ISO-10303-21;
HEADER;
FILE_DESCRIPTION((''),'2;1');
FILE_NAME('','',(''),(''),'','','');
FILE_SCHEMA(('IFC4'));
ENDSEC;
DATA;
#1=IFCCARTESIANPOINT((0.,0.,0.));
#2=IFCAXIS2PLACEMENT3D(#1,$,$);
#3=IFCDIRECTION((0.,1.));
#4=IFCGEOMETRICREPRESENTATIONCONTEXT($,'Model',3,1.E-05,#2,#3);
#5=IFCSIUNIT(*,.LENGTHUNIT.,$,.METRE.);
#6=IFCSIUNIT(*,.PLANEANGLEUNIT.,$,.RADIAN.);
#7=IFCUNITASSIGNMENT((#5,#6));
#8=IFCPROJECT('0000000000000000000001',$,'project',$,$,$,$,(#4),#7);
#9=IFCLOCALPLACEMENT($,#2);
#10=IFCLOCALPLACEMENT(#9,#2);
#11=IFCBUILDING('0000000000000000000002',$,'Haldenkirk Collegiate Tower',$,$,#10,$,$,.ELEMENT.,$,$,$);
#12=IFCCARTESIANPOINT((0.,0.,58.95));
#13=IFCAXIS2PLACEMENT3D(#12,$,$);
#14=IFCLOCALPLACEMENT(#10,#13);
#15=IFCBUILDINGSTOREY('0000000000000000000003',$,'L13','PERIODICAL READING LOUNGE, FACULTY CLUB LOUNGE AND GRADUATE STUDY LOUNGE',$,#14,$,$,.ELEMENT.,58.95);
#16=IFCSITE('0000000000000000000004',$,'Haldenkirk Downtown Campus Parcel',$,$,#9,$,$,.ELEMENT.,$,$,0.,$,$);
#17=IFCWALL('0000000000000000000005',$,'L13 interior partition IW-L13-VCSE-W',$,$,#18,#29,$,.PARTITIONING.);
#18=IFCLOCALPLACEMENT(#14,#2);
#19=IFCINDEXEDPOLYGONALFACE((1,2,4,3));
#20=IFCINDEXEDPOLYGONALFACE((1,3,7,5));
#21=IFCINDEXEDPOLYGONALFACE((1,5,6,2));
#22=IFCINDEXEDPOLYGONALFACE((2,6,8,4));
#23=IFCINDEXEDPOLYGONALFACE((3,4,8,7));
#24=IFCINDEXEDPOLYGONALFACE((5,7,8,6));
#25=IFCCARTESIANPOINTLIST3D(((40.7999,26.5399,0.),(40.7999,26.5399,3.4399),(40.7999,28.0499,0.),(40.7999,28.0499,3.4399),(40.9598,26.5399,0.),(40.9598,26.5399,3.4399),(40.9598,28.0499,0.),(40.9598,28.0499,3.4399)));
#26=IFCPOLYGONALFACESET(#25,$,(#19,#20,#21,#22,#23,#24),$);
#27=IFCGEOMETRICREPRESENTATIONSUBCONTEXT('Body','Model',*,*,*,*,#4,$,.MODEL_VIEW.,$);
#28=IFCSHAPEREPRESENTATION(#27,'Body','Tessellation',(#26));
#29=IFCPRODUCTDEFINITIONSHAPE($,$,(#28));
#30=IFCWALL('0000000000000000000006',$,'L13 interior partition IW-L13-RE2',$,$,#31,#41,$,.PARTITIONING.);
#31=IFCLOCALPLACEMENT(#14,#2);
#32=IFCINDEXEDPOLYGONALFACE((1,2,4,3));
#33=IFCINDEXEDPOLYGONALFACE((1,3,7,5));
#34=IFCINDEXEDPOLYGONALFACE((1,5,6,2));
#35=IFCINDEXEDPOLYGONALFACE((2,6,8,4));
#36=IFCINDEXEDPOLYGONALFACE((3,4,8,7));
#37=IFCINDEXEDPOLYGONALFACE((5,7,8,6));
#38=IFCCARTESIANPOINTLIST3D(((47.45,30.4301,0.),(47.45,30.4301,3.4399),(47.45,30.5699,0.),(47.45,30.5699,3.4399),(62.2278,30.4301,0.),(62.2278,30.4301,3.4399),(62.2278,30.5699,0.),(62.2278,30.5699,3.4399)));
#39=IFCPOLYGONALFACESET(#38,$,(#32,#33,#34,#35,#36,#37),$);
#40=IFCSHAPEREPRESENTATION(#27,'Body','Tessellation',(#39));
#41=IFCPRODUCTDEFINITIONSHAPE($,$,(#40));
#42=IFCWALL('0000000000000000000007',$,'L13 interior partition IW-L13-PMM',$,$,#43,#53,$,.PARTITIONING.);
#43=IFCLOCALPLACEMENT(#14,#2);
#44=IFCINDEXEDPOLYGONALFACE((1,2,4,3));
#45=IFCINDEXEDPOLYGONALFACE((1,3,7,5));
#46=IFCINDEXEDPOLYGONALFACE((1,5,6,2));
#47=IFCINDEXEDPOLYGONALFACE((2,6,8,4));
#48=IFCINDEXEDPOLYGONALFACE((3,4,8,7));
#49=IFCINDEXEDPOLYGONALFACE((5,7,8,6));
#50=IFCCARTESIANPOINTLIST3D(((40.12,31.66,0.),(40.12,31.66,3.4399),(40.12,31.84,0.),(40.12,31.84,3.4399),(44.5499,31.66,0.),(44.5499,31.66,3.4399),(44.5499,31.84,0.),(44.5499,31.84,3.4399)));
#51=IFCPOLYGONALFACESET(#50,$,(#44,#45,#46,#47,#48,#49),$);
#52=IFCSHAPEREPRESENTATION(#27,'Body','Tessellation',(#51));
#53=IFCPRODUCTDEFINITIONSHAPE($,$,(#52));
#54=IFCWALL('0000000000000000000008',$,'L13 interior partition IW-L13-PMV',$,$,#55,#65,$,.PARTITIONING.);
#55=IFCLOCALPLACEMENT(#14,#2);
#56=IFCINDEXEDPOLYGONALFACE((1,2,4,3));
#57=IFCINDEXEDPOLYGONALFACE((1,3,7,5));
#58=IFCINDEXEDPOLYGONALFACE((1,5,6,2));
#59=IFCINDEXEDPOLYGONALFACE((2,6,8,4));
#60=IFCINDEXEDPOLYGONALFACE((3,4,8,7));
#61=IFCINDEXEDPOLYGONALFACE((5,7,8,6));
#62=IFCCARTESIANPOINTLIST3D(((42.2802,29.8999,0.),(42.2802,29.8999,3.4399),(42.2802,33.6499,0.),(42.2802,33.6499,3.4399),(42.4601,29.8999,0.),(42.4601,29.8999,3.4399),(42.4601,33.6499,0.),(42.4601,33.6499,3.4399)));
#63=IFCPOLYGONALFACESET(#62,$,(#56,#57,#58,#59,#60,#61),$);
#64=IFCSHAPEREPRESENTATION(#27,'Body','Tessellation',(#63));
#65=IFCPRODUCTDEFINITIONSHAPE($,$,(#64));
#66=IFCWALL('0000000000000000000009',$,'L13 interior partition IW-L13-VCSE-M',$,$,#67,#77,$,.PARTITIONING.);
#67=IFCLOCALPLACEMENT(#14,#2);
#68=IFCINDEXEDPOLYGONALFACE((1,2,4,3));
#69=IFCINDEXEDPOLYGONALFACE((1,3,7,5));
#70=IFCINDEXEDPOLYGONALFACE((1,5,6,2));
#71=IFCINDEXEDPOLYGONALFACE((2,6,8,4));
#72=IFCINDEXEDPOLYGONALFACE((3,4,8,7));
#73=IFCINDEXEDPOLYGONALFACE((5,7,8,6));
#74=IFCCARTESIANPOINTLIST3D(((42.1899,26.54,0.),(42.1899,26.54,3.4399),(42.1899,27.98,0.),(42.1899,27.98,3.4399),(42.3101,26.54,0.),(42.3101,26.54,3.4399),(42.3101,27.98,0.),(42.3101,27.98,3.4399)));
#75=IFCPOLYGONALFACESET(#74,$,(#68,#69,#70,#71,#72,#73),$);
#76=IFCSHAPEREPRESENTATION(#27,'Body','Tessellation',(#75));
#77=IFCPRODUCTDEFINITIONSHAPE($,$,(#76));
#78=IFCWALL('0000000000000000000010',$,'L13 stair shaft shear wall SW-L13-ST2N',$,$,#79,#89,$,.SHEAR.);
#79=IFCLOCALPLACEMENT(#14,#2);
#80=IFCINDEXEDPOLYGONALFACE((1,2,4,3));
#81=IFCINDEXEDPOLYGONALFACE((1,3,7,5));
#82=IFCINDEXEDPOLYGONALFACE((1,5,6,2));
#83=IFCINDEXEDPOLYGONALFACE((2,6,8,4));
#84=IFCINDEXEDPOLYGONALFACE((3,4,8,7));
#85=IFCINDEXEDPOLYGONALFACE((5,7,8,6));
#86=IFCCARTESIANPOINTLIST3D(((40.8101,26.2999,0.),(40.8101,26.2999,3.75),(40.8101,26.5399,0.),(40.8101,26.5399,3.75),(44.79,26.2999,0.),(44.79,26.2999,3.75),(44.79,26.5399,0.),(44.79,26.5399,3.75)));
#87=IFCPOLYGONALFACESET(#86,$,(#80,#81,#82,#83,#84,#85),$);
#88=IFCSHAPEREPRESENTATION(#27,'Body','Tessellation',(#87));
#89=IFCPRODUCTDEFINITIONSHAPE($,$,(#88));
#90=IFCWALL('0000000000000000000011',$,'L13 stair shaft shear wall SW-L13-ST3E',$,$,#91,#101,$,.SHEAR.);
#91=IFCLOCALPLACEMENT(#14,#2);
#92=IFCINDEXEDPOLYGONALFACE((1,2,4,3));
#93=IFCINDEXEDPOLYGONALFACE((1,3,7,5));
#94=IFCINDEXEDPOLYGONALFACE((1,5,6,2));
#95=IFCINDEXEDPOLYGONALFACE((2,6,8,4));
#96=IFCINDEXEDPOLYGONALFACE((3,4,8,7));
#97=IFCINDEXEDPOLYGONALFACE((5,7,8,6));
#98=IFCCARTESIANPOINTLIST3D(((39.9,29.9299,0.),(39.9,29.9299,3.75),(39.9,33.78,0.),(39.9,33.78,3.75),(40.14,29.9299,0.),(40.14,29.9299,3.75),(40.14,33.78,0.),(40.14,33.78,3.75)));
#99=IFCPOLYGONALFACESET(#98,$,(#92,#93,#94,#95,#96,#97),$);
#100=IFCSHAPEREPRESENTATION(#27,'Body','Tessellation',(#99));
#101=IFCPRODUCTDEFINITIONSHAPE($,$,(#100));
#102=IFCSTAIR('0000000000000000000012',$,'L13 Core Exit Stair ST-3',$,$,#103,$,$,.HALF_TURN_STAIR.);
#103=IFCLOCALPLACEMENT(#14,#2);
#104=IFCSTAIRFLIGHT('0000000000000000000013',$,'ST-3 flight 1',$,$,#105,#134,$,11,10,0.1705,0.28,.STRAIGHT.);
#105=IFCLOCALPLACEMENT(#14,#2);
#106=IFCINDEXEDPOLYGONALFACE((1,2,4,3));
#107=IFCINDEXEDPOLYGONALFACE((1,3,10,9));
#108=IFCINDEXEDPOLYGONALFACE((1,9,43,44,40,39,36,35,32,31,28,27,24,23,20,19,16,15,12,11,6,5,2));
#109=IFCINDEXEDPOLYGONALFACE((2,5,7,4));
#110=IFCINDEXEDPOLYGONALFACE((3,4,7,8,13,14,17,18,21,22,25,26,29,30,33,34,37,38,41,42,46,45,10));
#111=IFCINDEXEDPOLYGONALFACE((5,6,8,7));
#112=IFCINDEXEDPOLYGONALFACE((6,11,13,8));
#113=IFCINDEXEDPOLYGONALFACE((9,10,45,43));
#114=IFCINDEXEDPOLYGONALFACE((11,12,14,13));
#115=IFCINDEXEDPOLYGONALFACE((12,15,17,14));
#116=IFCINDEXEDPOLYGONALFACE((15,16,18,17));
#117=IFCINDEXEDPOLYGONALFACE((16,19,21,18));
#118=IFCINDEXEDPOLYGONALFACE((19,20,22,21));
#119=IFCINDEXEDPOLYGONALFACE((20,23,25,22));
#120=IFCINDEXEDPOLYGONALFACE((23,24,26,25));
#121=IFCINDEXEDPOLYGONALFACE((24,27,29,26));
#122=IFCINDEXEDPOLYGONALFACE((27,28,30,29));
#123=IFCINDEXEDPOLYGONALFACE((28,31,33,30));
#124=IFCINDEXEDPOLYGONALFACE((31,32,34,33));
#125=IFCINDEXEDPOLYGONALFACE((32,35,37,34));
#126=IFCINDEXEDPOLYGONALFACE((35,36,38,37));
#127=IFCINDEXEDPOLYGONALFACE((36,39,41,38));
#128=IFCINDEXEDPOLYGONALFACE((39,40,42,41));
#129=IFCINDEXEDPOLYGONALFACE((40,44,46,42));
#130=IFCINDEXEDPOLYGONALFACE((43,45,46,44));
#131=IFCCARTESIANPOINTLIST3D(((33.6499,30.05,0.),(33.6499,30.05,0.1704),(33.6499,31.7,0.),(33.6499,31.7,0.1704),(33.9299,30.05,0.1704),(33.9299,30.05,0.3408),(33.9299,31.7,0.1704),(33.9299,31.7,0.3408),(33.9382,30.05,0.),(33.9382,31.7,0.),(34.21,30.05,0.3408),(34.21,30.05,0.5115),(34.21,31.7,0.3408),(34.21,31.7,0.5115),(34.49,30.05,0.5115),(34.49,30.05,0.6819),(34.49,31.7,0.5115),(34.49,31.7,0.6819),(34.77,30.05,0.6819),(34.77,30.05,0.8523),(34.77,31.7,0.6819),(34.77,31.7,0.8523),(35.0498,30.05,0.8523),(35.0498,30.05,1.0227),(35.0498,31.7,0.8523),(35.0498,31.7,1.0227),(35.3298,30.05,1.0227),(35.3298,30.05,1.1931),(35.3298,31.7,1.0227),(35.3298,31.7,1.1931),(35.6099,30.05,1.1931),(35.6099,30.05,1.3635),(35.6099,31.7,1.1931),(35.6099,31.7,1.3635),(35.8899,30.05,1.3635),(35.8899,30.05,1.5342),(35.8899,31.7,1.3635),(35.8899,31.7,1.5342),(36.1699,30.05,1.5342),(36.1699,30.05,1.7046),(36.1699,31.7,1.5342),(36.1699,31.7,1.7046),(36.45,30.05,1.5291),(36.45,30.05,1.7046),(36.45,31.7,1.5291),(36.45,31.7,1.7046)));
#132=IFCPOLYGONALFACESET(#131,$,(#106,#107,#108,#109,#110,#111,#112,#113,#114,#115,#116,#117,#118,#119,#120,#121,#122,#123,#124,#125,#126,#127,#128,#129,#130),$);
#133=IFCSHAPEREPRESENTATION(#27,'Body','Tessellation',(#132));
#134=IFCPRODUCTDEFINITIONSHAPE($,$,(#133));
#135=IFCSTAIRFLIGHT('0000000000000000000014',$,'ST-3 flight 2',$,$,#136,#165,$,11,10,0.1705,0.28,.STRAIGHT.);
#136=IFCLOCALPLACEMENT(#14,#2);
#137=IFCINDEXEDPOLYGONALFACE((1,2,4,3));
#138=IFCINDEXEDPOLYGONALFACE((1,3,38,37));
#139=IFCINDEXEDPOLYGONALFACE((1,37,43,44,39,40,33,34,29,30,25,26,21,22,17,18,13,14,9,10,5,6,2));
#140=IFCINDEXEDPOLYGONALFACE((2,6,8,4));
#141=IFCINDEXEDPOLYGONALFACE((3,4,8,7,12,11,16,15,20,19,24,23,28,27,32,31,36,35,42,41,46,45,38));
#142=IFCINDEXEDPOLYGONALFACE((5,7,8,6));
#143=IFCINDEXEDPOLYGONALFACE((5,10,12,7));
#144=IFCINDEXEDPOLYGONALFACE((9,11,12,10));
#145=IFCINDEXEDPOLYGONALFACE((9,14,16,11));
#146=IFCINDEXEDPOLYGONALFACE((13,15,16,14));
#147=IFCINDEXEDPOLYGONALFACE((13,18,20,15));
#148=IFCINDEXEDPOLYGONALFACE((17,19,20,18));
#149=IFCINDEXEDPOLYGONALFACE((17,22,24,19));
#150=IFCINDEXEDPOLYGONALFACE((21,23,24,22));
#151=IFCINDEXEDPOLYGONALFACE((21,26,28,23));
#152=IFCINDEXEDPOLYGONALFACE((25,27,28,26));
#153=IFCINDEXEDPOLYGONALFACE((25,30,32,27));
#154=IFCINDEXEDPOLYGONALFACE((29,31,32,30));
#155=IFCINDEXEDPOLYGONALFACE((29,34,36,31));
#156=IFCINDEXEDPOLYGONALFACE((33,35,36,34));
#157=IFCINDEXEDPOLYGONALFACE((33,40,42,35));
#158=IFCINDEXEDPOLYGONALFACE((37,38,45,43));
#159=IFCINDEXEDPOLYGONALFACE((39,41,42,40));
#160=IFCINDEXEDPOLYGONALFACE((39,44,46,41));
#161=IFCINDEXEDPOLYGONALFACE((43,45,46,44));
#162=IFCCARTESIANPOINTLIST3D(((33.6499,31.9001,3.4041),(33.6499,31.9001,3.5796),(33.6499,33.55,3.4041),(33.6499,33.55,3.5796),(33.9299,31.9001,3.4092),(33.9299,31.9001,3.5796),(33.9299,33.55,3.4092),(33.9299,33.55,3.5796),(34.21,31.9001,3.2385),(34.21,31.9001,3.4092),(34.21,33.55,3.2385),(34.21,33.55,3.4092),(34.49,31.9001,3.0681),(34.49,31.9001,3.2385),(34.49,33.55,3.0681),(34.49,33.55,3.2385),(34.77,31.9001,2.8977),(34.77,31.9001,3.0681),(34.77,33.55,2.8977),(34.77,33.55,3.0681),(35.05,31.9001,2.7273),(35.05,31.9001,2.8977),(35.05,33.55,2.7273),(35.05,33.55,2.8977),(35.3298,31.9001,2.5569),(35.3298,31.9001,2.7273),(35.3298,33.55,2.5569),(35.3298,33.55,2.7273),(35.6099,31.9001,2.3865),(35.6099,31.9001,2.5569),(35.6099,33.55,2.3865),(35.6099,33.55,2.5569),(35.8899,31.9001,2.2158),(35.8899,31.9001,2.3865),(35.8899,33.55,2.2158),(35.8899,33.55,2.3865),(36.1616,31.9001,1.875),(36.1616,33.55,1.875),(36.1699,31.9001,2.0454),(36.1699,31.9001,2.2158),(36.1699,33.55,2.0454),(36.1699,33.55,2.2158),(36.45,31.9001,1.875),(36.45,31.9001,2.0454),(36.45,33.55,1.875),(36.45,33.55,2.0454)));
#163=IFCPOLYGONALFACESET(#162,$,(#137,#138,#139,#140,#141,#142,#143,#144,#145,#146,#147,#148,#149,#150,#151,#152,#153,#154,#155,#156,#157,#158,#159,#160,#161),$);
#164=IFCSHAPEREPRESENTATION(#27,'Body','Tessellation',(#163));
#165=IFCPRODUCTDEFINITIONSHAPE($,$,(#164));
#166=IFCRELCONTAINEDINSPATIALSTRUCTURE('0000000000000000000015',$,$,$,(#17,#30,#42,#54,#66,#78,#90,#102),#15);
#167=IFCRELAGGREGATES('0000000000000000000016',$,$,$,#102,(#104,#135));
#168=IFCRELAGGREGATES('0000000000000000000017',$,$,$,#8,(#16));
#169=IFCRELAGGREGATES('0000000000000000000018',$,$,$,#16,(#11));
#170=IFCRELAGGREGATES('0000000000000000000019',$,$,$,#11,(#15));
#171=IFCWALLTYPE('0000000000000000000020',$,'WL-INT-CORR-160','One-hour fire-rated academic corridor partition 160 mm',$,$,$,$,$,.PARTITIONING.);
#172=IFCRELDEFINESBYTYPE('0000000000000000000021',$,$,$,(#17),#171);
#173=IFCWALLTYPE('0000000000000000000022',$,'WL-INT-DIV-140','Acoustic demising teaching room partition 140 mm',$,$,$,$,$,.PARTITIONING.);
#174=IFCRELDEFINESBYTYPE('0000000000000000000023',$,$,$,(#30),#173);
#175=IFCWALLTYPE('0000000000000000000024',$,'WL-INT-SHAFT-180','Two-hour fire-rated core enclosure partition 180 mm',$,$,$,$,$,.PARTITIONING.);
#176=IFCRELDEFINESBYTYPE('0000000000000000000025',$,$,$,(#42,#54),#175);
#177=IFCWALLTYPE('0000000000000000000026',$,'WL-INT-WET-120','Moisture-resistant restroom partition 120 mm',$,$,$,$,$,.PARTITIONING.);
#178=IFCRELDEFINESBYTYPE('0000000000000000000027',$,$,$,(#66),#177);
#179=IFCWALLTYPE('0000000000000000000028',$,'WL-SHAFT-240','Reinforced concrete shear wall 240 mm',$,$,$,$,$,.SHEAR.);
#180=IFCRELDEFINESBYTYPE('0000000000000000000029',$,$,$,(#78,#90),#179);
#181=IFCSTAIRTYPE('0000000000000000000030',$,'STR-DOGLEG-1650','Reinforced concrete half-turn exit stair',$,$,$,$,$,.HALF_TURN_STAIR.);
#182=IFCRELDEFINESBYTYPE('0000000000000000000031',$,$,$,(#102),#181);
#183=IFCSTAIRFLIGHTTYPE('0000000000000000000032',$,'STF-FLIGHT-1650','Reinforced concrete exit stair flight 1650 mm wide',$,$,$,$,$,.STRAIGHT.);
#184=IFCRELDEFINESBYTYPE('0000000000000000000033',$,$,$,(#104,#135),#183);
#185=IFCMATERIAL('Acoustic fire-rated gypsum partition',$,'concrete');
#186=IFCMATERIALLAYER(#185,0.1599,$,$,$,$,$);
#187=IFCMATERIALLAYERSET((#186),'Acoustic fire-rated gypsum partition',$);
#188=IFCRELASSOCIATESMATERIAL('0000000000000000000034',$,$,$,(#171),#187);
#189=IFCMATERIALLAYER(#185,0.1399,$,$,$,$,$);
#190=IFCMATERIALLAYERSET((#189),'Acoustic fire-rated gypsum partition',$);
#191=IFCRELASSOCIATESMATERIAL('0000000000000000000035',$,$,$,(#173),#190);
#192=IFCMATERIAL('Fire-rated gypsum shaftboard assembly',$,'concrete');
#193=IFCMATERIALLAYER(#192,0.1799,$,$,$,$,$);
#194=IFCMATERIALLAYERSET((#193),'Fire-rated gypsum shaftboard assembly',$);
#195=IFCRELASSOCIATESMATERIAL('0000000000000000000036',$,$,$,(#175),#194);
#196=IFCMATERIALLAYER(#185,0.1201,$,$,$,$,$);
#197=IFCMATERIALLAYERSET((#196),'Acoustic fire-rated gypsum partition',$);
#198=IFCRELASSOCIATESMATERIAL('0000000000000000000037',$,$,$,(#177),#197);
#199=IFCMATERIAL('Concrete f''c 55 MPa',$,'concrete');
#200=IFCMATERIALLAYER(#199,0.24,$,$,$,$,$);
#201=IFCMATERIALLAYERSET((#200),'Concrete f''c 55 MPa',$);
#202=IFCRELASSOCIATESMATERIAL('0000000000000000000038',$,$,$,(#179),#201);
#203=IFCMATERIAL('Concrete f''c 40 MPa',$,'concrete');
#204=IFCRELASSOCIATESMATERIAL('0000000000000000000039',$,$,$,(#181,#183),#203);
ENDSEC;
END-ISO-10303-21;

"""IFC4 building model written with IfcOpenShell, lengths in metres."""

from ifc_helpers import new_model, si_unit, direction, frame, frame_2d, origin, place, context, subcontext, project, spatial, polyline, rectangle, outline, extrude, material, layer, layer_set, type_object, element, aggregate, save


model = new_model("IFC4")

# Units and contexts
model_context = context("Model", 3, precision=1e-05, world=origin(), true_north=direction((0.0, 1.0)))
body_context = subcontext(model_context, "Body", "Model", "MODEL_VIEW")
ifc_project = project(units=[si_unit("LENGTHUNIT", "METRE"), si_unit("PLANEANGLEUNIT", "RADIAN")], contexts=[model_context])

# Site, building, storey
site_placement = place(None, origin())
site = spatial("IfcSite", under=ifc_project, at=site_placement, Name="Haldenkirk Downtown Campus Parcel", CompositionType="ELEMENT", RefElevation=0.0)
building_placement = place(site_placement, origin())
building = spatial("IfcBuilding", under=site, at=building_placement, Name="Haldenkirk Collegiate Tower", CompositionType="ELEMENT")
storey_placement = place(building_placement, frame((0.0, 0.0, 58.95)))
storey = spatial("IfcBuildingStorey", under=building, at=storey_placement, Name="L13", Description="PERIODICAL READING LOUNGE, FACULTY CLUB LOUNGE AND GRADUATE STUDY LOUNGE", CompositionType="ELEMENT", Elevation=58.95)

# Shared definitions
ifc_material_1 = material(Name="Acoustic fire-rated gypsum partition", Category="concrete")
ifc_layer_1 = layer(ifc_material_1, 0.1599)
ifc_layer_set_1 = layer_set([ifc_layer_1], Name="Acoustic fire-rated gypsum partition")
wall_type_1 = type_object("IfcWallType", Name="WL-INT-CORR-160", Description="One-hour fire-rated academic corridor partition 160 mm", PredefinedType="PARTITIONING", material=ifc_layer_set_1)

# Walls
wall_1_placement = place(storey_placement, frame((40.8799, 26.54, 0.0), z_axis=(0.0, 0.0, 1.0), x_axis=(0.0, 1.0, 0.0)))
element("IfcWall", 1, at=wall_1_placement, inside=storey, type_object=wall_type_1, Name="L13 interior partition IW-L13-VCSE-W", PredefinedType="PARTITIONING", context=body_context, shape_type="SweptSolid", body=[
    extrude(rectangle(XDim=1.51, YDim=0.1599, at=frame_2d((0.7549, 0.0))), origin(), (0.0, 0.0, 1.0), 3.4399),
])
ifc_layer_2 = layer(ifc_material_1, 0.1399)
ifc_layer_set_2 = layer_set([ifc_layer_2], Name="Acoustic fire-rated gypsum partition")
wall_type_2 = type_object("IfcWallType", Name="WL-INT-DIV-140", Description="Acoustic demising teaching room partition 140 mm", PredefinedType="PARTITIONING", material=ifc_layer_set_2)
wall_2_placement = place(storey_placement, frame((47.45, 30.5, 0.0), z_axis=(0.0, 0.0, 1.0), x_axis=(1.0, 0.0, 0.0)))
element("IfcWall", 2, at=wall_2_placement, inside=storey, type_object=wall_type_2, Name="L13 interior partition IW-L13-RE2", PredefinedType="PARTITIONING", context=body_context, shape_type="SweptSolid", body=[
    extrude(rectangle(XDim=14.7778, YDim=0.1399, at=frame_2d((7.3889, 0.0))), origin(), (0.0, 0.0, 1.0), 3.4399),
])

# Shared definitions
ifc_material_2 = material(Name="Fire-rated gypsum shaftboard assembly", Category="concrete")
ifc_layer_3 = layer(ifc_material_2, 0.1799)
ifc_layer_set_3 = layer_set([ifc_layer_3], Name="Fire-rated gypsum shaftboard assembly")
wall_type_3 = type_object("IfcWallType", Name="WL-INT-SHAFT-180", Description="Two-hour fire-rated core enclosure partition 180 mm", PredefinedType="PARTITIONING", material=ifc_layer_set_3)

# Walls
wall_3_placement = place(storey_placement, frame((40.1201, 31.75, 0.0), z_axis=(0.0, 0.0, 1.0), x_axis=(1.0, 0.0, 0.0)))
element("IfcWall", 3, at=wall_3_placement, inside=storey, type_object=wall_type_3, Name="L13 interior partition IW-L13-PMM", PredefinedType="PARTITIONING", context=body_context, shape_type="SweptSolid", body=[
    extrude(rectangle(XDim=4.4299, YDim=0.1799, at=frame_2d((2.2148, 0.0))), origin(), (0.0, 0.0, 1.0), 3.4399),
])
wall_4_placement = place(storey_placement, frame((42.3701, 29.8999, 0.0), z_axis=(0.0, 0.0, 1.0), x_axis=(0.0, 1.0, 0.0)))
element("IfcWall", 4, at=wall_4_placement, inside=storey, type_object=wall_type_3, Name="L13 interior partition IW-L13-PMV", PredefinedType="PARTITIONING", context=body_context, shape_type="SweptSolid", body=[
    extrude(rectangle(XDim=3.75, YDim=0.1799, at=frame_2d((1.875, 0.0))), origin(), (0.0, 0.0, 1.0), 3.4399),
])
ifc_layer_4 = layer(ifc_material_1, 0.1201)
ifc_layer_set_4 = layer_set([ifc_layer_4], Name="Acoustic fire-rated gypsum partition")
wall_type_4 = type_object("IfcWallType", Name="WL-INT-WET-120", Description="Moisture-resistant restroom partition 120 mm", PredefinedType="PARTITIONING", material=ifc_layer_set_4)
wall_5_placement = place(storey_placement, frame((42.25, 26.54, 0.0), z_axis=(0.0, 0.0, 1.0), x_axis=(0.0, 1.0, 0.0)))
element("IfcWall", 5, at=wall_5_placement, inside=storey, type_object=wall_type_4, Name="L13 interior partition IW-L13-VCSE-M", PredefinedType="PARTITIONING", context=body_context, shape_type="SweptSolid", body=[
    extrude(rectangle(XDim=1.4399, YDim=0.1201, at=frame_2d((0.72, 0.0))), origin(), (0.0, 0.0, 1.0), 3.4399),
])
ifc_material_3 = material(Name="Concrete f'c 55 MPa", Category="concrete")
ifc_layer_5 = layer(ifc_material_3, 0.24)
ifc_layer_set_5 = layer_set([ifc_layer_5], Name="Concrete f'c 55 MPa")
wall_type_5 = type_object("IfcWallType", Name="WL-SHAFT-240", Description="Reinforced concrete shear wall 240 mm", PredefinedType="SHEAR", material=ifc_layer_set_5)
wall_6_placement = place(storey_placement, frame((40.8101, 26.4199, 0.0), z_axis=(0.0, 0.0, 1.0), x_axis=(1.0, 0.0, 0.0)))
element("IfcWall", 6, at=wall_6_placement, inside=storey, type_object=wall_type_5, Name="L13 stair shaft shear wall SW-L13-ST2N", PredefinedType="SHEAR", context=body_context, shape_type="SweptSolid", body=[
    extrude(rectangle(XDim=3.98, YDim=0.24, at=frame_2d((1.99, 0.0))), origin(), (0.0, 0.0, 1.0), 3.75),
])
wall_7_placement = place(storey_placement, frame((40.02, 29.9299, 0.0), z_axis=(0.0, 0.0, 1.0), x_axis=(0.0, 1.0, 0.0)))
element("IfcWall", 7, at=wall_7_placement, inside=storey, type_object=wall_type_5, Name="L13 stair shaft shear wall SW-L13-ST3E", PredefinedType="SHEAR", context=body_context, shape_type="SweptSolid", body=[
    extrude(rectangle(XDim=3.8501, YDim=0.24, at=frame_2d((1.925, 0.0))), origin(), (0.0, 0.0, 1.0), 3.75),
])

# Stair, stair flights
ifc_material_4 = material(Name="Concrete f'c 40 MPa", Category="concrete")
stair_type = type_object("IfcStairType", Name="STR-DOGLEG-1650", Description="Reinforced concrete half-turn exit stair", PredefinedType="HALF_TURN_STAIR", material=ifc_material_4)
stair_placement = place(storey_placement, origin())
stair = element("IfcStair", 8, at=stair_placement, inside=storey, type_object=stair_type, Name="L13 Core Exit Stair ST-3", PredefinedType="HALF_TURN_STAIR")
stair_flight_type = type_object("IfcStairFlightType", Name="STF-FLIGHT-1650", Description="Reinforced concrete exit stair flight 1650 mm wide", PredefinedType="STRAIGHT", material=ifc_material_4)
stair_flight_1_placement = place(storey_placement, frame((33.6499, 30.875, 0.0), z_axis=(0.0, 0.0, 1.0), x_axis=(1.0, 0.0, 0.0)))
stair_flight_1 = element("IfcStairFlight", 9, at=stair_flight_1_placement, type_object=stair_flight_type, Name="ST-3 flight 1", NumberOfRisers=11, NumberOfTreads=10, PredefinedType="STRAIGHT", RiserHeight=0.1705, TreadLength=0.28, context=body_context, shape_type="SweptSolid", body=[
    extrude(outline(polyline([(0.0, 0.0), (0.0, 0.1704), (0.28, 0.1704), (0.28, 0.3408), (0.5601, 0.3408), (0.5601, 0.5115), (0.8401, 0.5115), (0.8401, 0.6819), (1.1201, 0.6819), (1.1201, 0.8523), (1.3999, 0.8523), (1.3999, 1.0227), (1.6799, 1.0227), (1.6799, 1.1931), (1.96, 1.1931), (1.96, 1.3635), (2.24, 1.3635), (2.24, 1.5342), (2.52, 1.5342), (2.52, 1.7046), (2.8, 1.7046), (2.8, 1.875), (2.8, 1.5291), (0.2883, 0.0), (0.0, 0.0)])), frame((0.0, 0.825, 0.0), z_axis=(0.0, -1.0, 0.0), x_axis=(1.0, 0.0, 0.0)), (0.0, 0.0, 1.0), 1.6499),
])
stair_flight_2_placement = place(storey_placement, frame((36.45, 32.7251, 1.875), z_axis=(0.0, 0.0, 1.0), x_axis=(-1.0, 0.0, 0.0)))
stair_flight_2 = element("IfcStairFlight", 10, at=stair_flight_2_placement, type_object=stair_flight_type, Name="ST-3 flight 2", NumberOfRisers=11, NumberOfTreads=10, PredefinedType="STRAIGHT", RiserHeight=0.1705, TreadLength=0.28, context=body_context, shape_type="SweptSolid", body=[
    extrude(outline(polyline([(0.0, 0.0), (0.0, 0.1704), (0.28, 0.1704), (0.28, 0.3408), (0.5601, 0.3408), (0.5601, 0.5115), (0.8401, 0.5115), (0.8401, 0.6819), (1.1201, 0.6819), (1.1201, 0.8523), (1.3999, 0.8523), (1.3999, 1.0227), (1.6799, 1.0227), (1.6799, 1.1931), (1.96, 1.1931), (1.96, 1.3635), (2.24, 1.3635), (2.24, 1.5342), (2.52, 1.5342), (2.52, 1.7046), (2.8, 1.7046), (2.8, 1.875), (2.8, 1.5291), (0.2883, 0.0), (0.0, 0.0)])), frame((0.0, 0.825, 0.0), z_axis=(0.0, -1.0, 0.0), x_axis=(1.0, 0.0, 0.0)), (0.0, 0.0, 1.0), 1.6499),
])
aggregate(stair, [stair_flight_1, stair_flight_2])

save(model, "model.ifc")
